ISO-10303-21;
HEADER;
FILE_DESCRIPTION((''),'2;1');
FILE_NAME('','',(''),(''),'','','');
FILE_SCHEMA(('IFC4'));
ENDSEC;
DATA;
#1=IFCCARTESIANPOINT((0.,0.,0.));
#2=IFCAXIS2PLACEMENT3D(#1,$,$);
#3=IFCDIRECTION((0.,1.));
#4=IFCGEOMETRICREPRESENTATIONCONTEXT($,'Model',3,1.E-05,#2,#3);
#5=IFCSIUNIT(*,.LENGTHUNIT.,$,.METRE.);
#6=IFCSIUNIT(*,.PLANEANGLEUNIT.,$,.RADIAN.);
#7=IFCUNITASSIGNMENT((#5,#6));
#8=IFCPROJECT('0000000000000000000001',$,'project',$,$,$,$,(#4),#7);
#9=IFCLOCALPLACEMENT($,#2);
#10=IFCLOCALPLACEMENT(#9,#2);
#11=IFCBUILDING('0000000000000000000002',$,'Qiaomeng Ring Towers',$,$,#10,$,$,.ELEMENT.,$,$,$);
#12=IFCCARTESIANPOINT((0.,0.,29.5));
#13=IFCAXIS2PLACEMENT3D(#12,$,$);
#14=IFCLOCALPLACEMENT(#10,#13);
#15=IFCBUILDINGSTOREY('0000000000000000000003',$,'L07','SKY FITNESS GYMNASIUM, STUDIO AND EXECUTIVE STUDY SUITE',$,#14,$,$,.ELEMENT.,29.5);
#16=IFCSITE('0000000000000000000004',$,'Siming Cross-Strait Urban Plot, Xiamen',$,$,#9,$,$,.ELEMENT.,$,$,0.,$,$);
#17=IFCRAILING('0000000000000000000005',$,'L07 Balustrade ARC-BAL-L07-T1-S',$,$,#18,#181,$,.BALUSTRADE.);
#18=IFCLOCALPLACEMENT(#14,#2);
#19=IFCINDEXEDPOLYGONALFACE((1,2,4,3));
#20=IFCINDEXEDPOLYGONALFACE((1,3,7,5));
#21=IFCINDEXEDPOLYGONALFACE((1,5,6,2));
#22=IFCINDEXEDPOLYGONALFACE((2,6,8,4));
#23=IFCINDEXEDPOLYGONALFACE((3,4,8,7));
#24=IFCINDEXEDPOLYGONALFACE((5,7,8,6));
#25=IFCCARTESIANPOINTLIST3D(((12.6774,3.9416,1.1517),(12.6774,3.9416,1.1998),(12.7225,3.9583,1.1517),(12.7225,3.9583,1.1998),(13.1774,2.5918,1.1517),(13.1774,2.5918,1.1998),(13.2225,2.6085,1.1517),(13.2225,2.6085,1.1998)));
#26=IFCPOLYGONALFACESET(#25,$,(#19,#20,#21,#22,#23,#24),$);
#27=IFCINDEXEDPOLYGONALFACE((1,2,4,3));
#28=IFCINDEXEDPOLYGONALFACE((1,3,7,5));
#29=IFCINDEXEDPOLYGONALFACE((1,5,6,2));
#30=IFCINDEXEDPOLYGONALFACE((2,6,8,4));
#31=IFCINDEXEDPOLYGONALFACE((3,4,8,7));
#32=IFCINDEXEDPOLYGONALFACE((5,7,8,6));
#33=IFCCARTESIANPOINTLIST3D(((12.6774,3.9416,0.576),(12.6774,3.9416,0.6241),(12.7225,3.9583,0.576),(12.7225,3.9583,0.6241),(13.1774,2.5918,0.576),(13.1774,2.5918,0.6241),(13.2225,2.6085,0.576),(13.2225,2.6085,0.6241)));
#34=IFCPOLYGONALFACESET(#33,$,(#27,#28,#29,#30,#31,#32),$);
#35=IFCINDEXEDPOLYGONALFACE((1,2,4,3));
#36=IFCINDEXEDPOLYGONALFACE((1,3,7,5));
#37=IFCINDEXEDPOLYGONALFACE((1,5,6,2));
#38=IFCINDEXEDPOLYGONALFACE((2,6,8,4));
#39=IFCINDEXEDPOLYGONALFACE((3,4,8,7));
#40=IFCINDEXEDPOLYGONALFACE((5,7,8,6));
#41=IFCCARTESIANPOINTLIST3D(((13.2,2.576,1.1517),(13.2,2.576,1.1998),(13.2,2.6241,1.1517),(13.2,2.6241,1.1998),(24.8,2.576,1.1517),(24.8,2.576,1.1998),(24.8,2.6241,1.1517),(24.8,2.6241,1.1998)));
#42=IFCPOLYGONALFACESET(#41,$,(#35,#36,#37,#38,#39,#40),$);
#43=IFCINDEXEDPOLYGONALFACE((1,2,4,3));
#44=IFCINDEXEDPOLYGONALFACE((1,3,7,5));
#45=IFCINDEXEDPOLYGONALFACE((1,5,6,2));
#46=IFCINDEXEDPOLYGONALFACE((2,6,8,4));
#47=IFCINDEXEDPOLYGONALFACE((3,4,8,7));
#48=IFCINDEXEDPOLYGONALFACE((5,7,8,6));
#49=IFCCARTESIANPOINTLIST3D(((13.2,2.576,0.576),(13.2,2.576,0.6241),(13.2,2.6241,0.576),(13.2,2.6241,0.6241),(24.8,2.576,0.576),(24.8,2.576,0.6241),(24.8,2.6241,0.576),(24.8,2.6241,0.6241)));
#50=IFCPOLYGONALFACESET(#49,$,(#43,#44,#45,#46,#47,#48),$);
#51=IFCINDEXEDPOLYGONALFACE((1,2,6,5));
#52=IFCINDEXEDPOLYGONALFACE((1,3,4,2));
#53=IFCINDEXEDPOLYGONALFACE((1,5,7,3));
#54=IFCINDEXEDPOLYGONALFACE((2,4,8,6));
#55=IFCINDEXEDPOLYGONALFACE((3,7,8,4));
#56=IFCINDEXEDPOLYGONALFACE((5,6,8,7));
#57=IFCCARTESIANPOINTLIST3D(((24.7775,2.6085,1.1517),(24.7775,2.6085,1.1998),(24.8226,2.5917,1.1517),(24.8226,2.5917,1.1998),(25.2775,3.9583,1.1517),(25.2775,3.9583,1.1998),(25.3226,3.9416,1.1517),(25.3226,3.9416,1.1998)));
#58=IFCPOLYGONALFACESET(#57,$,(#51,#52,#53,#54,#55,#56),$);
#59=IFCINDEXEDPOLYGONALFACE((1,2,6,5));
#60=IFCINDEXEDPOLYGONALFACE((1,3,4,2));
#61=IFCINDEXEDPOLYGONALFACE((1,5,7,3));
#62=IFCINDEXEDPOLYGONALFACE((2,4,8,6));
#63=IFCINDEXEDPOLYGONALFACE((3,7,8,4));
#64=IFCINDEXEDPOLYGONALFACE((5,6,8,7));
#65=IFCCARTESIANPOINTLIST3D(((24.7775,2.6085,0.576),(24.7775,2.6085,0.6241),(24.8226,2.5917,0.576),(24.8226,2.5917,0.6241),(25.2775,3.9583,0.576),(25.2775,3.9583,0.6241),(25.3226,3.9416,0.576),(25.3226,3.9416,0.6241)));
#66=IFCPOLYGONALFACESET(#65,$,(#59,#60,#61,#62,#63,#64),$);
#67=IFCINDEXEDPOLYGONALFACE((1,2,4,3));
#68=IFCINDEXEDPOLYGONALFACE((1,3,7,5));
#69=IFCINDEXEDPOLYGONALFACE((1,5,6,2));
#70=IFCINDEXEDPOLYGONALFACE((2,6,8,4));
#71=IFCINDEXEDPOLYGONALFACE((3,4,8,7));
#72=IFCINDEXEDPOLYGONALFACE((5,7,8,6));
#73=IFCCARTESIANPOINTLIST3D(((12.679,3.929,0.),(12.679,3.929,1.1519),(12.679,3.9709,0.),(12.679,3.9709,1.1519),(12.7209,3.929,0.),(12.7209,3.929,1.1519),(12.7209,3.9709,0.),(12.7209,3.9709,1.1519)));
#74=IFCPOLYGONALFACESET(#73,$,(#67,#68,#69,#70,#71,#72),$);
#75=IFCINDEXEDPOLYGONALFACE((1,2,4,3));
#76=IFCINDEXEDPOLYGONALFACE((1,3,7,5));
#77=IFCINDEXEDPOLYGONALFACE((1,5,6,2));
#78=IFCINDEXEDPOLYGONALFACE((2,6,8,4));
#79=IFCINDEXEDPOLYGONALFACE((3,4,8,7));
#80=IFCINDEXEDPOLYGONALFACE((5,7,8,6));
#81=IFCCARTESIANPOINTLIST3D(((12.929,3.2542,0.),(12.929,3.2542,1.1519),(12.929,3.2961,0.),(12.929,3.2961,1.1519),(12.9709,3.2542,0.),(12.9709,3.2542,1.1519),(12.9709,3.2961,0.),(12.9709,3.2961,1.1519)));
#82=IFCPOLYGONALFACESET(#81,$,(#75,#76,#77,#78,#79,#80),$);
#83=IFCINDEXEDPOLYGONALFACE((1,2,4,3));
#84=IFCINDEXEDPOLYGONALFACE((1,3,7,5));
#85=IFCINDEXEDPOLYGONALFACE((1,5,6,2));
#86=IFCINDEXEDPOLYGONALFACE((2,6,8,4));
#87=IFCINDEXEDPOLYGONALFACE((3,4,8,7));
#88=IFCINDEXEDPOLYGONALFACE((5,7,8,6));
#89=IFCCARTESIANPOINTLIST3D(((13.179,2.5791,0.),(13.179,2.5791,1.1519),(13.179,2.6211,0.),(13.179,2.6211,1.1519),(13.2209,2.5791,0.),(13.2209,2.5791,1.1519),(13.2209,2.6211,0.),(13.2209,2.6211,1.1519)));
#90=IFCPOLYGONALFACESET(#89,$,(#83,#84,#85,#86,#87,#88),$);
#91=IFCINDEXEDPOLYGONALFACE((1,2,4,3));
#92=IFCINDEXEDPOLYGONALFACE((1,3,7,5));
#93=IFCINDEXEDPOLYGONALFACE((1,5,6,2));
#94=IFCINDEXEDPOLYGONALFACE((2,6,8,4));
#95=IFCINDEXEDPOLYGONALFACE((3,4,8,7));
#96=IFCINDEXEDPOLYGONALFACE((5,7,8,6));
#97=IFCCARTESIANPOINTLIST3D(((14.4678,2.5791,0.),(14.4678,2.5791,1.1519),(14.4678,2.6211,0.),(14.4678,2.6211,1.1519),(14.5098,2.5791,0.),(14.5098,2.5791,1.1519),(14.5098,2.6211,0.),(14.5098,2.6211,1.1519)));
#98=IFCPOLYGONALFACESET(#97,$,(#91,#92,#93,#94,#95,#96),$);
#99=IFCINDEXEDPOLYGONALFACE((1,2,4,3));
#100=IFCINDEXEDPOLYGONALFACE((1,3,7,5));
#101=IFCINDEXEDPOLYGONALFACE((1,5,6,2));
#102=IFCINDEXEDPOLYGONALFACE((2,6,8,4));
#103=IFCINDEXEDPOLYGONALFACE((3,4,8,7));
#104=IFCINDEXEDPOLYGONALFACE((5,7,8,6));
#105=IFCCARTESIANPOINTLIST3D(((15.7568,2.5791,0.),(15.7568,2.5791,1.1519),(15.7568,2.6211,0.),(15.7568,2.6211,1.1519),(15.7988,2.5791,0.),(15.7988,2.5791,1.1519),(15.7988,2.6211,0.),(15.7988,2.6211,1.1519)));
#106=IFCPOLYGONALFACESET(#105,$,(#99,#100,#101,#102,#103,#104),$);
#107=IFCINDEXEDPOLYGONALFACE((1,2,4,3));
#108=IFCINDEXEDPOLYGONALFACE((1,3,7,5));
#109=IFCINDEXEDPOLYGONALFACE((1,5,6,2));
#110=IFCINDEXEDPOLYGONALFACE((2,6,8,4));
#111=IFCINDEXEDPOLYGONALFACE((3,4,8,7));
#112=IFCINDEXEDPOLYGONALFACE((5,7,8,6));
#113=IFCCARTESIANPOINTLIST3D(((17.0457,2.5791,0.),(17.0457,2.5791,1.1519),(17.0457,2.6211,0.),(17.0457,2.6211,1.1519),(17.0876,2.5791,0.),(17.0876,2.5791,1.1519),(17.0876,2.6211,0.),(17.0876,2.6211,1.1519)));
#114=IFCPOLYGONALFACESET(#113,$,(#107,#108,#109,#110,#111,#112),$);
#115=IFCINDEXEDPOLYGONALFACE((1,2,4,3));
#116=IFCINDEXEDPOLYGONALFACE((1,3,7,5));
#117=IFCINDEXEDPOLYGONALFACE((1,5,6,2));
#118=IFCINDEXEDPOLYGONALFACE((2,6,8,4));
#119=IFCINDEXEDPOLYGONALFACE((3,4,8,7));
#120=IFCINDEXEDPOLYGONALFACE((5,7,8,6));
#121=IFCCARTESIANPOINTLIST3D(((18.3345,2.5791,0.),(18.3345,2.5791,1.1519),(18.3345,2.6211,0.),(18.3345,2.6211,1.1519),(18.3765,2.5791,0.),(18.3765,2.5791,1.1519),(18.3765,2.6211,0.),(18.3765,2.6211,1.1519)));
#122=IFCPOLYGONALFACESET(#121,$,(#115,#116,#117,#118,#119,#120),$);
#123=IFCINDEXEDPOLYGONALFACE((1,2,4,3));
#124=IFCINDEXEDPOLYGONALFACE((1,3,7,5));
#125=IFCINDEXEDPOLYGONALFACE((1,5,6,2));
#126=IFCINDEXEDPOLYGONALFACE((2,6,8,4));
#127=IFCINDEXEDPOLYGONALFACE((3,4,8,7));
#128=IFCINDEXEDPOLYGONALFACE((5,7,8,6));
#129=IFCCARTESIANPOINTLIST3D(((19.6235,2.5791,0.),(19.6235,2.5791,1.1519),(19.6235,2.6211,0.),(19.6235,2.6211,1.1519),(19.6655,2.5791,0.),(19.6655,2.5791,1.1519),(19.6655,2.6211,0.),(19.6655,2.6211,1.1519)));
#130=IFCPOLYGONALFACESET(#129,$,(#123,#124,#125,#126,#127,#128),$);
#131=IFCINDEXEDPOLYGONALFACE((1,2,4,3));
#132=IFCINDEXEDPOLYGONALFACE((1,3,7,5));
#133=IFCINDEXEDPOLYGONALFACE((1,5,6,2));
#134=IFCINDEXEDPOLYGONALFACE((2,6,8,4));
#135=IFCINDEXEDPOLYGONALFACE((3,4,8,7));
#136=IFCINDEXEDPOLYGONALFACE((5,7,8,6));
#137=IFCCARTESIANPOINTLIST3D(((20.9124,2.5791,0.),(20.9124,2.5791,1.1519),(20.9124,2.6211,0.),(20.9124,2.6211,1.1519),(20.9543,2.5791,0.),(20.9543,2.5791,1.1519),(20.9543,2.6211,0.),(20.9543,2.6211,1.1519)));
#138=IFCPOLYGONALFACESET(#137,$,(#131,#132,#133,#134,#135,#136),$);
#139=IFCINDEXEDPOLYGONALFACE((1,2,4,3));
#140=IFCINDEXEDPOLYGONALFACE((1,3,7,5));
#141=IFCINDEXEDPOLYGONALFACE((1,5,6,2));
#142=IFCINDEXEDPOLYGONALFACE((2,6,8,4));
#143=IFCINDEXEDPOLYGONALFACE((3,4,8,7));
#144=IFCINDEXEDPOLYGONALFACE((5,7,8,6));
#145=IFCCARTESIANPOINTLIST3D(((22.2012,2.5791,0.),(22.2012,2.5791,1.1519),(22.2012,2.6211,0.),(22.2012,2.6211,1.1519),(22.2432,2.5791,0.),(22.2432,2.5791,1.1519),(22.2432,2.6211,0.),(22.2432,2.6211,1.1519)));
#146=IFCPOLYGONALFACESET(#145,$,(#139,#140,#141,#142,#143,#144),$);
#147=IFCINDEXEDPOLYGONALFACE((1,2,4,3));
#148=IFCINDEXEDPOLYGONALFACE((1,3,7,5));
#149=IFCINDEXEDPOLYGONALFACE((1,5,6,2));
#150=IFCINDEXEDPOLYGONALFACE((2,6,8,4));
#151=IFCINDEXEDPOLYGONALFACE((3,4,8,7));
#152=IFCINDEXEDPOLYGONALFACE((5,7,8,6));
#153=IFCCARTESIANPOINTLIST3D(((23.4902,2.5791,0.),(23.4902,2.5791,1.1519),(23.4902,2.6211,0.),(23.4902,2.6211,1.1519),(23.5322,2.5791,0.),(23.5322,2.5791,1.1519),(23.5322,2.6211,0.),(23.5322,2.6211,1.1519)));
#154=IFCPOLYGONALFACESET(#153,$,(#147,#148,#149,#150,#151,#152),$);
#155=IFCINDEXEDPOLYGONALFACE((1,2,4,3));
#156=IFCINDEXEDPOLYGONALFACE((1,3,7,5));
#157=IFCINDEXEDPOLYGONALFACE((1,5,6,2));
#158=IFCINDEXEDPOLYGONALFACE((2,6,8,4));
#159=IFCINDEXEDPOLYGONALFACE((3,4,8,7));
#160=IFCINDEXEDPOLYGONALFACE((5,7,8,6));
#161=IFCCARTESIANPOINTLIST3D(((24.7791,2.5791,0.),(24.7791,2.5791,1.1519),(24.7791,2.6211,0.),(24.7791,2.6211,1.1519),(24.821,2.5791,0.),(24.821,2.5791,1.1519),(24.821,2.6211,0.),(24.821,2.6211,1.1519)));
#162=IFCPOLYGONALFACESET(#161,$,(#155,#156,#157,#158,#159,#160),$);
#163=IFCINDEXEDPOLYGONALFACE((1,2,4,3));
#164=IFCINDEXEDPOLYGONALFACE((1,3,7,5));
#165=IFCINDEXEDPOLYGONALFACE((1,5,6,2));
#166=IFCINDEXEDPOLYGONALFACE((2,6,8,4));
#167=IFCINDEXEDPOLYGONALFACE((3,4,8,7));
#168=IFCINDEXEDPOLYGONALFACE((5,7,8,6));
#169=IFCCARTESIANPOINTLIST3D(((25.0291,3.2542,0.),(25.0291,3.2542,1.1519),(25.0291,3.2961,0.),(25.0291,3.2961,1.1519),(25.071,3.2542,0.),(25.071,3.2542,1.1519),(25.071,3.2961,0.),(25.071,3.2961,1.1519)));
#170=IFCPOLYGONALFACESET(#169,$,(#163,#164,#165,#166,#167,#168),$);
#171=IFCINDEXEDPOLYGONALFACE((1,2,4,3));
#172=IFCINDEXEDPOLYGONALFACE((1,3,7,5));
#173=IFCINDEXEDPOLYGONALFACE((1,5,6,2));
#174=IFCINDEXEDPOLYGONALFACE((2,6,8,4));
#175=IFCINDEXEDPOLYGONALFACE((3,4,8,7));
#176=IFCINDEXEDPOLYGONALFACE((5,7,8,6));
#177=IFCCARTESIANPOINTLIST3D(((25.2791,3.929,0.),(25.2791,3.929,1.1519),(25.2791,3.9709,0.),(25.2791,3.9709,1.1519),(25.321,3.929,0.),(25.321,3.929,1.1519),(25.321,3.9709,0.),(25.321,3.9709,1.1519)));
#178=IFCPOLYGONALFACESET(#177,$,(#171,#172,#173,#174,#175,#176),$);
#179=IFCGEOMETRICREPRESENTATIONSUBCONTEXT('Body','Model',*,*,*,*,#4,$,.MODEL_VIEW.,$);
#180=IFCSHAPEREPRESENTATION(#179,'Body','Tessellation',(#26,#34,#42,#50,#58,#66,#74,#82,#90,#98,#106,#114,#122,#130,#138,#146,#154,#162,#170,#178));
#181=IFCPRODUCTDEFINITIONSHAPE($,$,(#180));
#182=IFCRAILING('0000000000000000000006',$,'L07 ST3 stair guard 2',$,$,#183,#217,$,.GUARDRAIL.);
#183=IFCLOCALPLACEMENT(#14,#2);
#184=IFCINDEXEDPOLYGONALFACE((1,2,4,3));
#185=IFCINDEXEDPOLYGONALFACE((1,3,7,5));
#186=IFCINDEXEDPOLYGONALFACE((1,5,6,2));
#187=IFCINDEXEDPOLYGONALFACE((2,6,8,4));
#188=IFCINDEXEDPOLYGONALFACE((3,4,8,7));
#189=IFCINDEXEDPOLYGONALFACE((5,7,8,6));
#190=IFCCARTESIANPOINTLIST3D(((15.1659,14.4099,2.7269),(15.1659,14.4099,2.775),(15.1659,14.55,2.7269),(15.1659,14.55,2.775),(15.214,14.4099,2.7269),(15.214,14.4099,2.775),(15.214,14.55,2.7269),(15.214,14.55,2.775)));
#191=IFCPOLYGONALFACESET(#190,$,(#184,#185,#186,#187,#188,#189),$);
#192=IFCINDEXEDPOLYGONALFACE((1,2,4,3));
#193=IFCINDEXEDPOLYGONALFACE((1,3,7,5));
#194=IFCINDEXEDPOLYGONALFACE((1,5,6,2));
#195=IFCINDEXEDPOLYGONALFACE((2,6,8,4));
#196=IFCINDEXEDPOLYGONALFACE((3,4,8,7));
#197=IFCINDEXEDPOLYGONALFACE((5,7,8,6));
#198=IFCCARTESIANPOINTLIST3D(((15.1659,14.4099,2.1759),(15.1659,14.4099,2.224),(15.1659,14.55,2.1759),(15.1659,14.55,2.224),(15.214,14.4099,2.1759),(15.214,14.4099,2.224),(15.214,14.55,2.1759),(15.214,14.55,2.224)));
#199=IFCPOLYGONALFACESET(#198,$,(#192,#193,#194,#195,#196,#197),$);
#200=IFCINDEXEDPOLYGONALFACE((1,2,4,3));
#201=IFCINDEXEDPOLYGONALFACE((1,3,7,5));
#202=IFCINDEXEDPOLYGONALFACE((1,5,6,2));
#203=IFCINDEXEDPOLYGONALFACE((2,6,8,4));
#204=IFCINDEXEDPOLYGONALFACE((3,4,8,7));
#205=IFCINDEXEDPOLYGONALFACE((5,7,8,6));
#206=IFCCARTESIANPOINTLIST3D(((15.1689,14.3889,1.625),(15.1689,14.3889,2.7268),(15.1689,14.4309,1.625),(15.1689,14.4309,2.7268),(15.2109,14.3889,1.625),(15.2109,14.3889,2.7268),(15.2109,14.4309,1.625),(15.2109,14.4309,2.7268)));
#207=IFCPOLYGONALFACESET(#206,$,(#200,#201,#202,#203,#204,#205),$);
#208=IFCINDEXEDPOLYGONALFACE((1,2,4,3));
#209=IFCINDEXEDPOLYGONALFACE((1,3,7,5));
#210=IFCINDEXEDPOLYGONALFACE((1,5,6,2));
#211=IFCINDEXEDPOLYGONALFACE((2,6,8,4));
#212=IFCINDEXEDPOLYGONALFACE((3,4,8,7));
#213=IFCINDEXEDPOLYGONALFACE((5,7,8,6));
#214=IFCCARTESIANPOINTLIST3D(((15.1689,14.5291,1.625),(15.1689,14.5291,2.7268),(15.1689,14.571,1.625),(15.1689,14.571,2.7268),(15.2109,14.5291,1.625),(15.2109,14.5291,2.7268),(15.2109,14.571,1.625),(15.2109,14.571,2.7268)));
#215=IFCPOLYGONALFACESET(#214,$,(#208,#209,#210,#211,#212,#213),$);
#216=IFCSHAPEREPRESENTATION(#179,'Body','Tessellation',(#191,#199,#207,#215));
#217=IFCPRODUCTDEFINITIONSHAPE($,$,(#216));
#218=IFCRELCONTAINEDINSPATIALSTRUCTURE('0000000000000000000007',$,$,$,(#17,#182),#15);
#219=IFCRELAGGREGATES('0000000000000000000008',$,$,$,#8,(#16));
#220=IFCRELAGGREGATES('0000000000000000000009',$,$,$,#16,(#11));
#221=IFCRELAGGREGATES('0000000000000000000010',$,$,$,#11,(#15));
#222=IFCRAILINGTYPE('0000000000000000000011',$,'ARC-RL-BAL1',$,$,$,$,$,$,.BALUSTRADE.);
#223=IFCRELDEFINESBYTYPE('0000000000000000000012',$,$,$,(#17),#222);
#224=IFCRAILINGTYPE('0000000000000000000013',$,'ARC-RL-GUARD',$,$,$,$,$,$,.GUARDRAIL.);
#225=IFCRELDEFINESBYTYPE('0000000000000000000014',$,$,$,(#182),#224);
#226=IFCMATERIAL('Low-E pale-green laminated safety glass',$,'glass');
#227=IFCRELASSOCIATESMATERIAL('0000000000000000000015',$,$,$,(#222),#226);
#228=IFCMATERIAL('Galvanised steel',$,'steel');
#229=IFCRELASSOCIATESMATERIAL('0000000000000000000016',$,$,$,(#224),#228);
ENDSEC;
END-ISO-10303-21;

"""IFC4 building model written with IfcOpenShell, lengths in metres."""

from ifc_helpers import new_model, si_unit, direction, frame, origin, origin_2d, place, context, subcontext, project, spatial, rectangle, extrude, material, type_object, element, save


model = new_model("IFC4")

# Units and contexts
model_context = context("Model", 3, precision=1e-05, world=origin(), true_north=direction((0.0, 1.0)))
body_context = subcontext(model_context, "Body", "Model", "MODEL_VIEW")
ifc_project = project(units=[si_unit("LENGTHUNIT", "METRE"), si_unit("PLANEANGLEUNIT", "RADIAN")], contexts=[model_context])

# Site, building, storey
site_placement = place(None, origin())
site = spatial("IfcSite", under=ifc_project, at=site_placement, Name="Siming Cross-Strait Urban Plot, Xiamen", CompositionType="ELEMENT", RefElevation=0.0)
building_placement = place(site_placement, origin())
building = spatial("IfcBuilding", under=site, at=building_placement, Name="Qiaomeng Ring Towers", CompositionType="ELEMENT")
storey_placement = place(building_placement, frame((0.0, 0.0, 29.5)))
storey = spatial("IfcBuildingStorey", under=building, at=storey_placement, Name="L07", Description="SKY FITNESS GYMNASIUM, STUDIO AND EXECUTIVE STUDY SUITE", CompositionType="ELEMENT", Elevation=29.5)

# Shared definitions
ifc_material_1 = material(Name="Galvanised steel", Category="steel")

# Railings
ifc_material_2 = material(Name="Low-E pale-green laminated safety glass", Category="glass")
railing_type_1 = type_object("IfcRailingType", Name="ARC-RL-BAL1", PredefinedType="BALUSTRADE", material=ifc_material_2)
railing_1_placement = place(storey_placement, frame((12.7, 3.95, 0.0)))
element("IfcRailing", 1, at=railing_1_placement, inside=storey, type_object=railing_type_1, Name="L07 Balustrade ARC-BAL-L07-T1-S", PredefinedType="BALUSTRADE", context=body_context, shape_type="SweptSolid", body=[
    extrude(rectangle(XDim=0.0481, YDim=0.0481, at=origin_2d()), frame((0.0, 0.0, 1.1758), z_axis=(0.347347, -0.937736, 0.0), x_axis=(0.937736, 0.347347, 0.0)), (0.0, 0.0, 1.0), 1.4395),
    extrude(rectangle(XDim=0.0481, YDim=0.0481, at=origin_2d()), frame((0.0, 0.0, 0.6001), z_axis=(0.347347, -0.937736, 0.0), x_axis=(0.937736, 0.347347, 0.0)), (0.0, 0.0, 1.0), 1.4395),
    extrude(rectangle(XDim=0.0481, YDim=0.0481, at=origin_2d()), frame((0.5, -1.3499, 1.1758), z_axis=(1.0, 0.0, 0.0), x_axis=(0.0, 1.0, 0.0)), (0.0, 0.0, 1.0), 11.6001),
    extrude(rectangle(XDim=0.0481, YDim=0.0481, at=origin_2d()), frame((0.5, -1.3499, 0.6001), z_axis=(1.0, 0.0, 0.0), x_axis=(0.0, 1.0, 0.0)), (0.0, 0.0, 1.0), 11.6001),
    extrude(rectangle(XDim=0.0481, YDim=0.0481, at=origin_2d()), frame((12.1001, -1.3499, 1.1758), z_axis=(0.347347, 0.937736, 0.0), x_axis=(-0.937736, 0.347347, 0.0)), (0.0, 0.0, 1.0), 1.4395),
    extrude(rectangle(XDim=0.0481, YDim=0.0481, at=origin_2d()), frame((12.1001, -1.3499, 0.6001), z_axis=(0.347347, 0.937736, 0.0), x_axis=(-0.937736, 0.347347, 0.0)), (0.0, 0.0, 1.0), 1.4395),
    extrude(rectangle(XDim=0.042, YDim=0.042, at=origin_2d()), origin(), (0.0, 0.0, 1.0), 1.1519),
    extrude(rectangle(XDim=0.042, YDim=0.042, at=origin_2d()), frame((0.25, -0.6748, 0.0)), (0.0, 0.0, 1.0), 1.1519),
    extrude(rectangle(XDim=0.042, YDim=0.042, at=origin_2d()), frame((0.5, -1.3499, 0.0)), (0.0, 0.0, 1.0), 1.1519),
    extrude(rectangle(XDim=0.042, YDim=0.042, at=origin_2d()), frame((1.7888, -1.3499, 0.0)), (0.0, 0.0, 1.0), 1.1519),
    extrude(rectangle(XDim=0.042, YDim=0.042, at=origin_2d()), frame((3.0779, -1.3499, 0.0)), (0.0, 0.0, 1.0), 1.1519),
    extrude(rectangle(XDim=0.042, YDim=0.042, at=origin_2d()), frame((4.3667, -1.3499, 0.0)), (0.0, 0.0, 1.0), 1.1519),
    extrude(rectangle(XDim=0.042, YDim=0.042, at=origin_2d()), frame((5.6555, -1.3499, 0.0)), (0.0, 0.0, 1.0), 1.1519),
    extrude(rectangle(XDim=0.042, YDim=0.042, at=origin_2d()), frame((6.9446, -1.3499, 0.0)), (0.0, 0.0, 1.0), 1.1519),
    extrude(rectangle(XDim=0.042, YDim=0.042, at=origin_2d()), frame((8.2334, -1.3499, 0.0)), (0.0, 0.0, 1.0), 1.1519),
    extrude(rectangle(XDim=0.042, YDim=0.042, at=origin_2d()), frame((9.5222, -1.3499, 0.0)), (0.0, 0.0, 1.0), 1.1519),
    extrude(rectangle(XDim=0.042, YDim=0.042, at=origin_2d()), frame((10.8113, -1.3499, 0.0)), (0.0, 0.0, 1.0), 1.1519),
    extrude(rectangle(XDim=0.042, YDim=0.042, at=origin_2d()), frame((12.1001, -1.3499, 0.0)), (0.0, 0.0, 1.0), 1.1519),
    extrude(rectangle(XDim=0.042, YDim=0.042, at=origin_2d()), frame((12.3501, -0.6748, 0.0)), (0.0, 0.0, 1.0), 1.1519),
    extrude(rectangle(XDim=0.042, YDim=0.042, at=origin_2d()), frame((12.6001, 0.0, 0.0)), (0.0, 0.0, 1.0), 1.1519),
])
railing_type_2 = type_object("IfcRailingType", Name="ARC-RL-GUARD", PredefinedType="GUARDRAIL", material=ifc_material_1)
railing_2_placement = place(storey_placement, frame((15.1899, 14.4099, 1.625)))
element("IfcRailing", 2, at=railing_2_placement, inside=storey, type_object=railing_type_2, Name="L07 ST3 stair guard 2", PredefinedType="GUARDRAIL", context=body_context, shape_type="SweptSolid", body=[
    extrude(rectangle(XDim=0.0481, YDim=0.0481, at=origin_2d()), frame((0.0, 0.0, 1.126), z_axis=(0.0, 1.0, 0.0), x_axis=(-1.0, 0.0, 0.0)), (0.0, 0.0, 1.0), 0.1401),
    extrude(rectangle(XDim=0.0481, YDim=0.0481, at=origin_2d()), frame((0.0, 0.0, 0.575), z_axis=(0.0, 1.0, 0.0), x_axis=(-1.0, 0.0, 0.0)), (0.0, 0.0, 1.0), 0.1401),
    extrude(rectangle(XDim=0.042, YDim=0.042, at=origin_2d()), origin(), (0.0, 0.0, 1.0), 1.1018),
    extrude(rectangle(XDim=0.042, YDim=0.042, at=origin_2d()), frame((0.0, 0.1401, 0.0)), (0.0, 0.0, 1.0), 1.1018),
])

save(model, "model.ifc")
